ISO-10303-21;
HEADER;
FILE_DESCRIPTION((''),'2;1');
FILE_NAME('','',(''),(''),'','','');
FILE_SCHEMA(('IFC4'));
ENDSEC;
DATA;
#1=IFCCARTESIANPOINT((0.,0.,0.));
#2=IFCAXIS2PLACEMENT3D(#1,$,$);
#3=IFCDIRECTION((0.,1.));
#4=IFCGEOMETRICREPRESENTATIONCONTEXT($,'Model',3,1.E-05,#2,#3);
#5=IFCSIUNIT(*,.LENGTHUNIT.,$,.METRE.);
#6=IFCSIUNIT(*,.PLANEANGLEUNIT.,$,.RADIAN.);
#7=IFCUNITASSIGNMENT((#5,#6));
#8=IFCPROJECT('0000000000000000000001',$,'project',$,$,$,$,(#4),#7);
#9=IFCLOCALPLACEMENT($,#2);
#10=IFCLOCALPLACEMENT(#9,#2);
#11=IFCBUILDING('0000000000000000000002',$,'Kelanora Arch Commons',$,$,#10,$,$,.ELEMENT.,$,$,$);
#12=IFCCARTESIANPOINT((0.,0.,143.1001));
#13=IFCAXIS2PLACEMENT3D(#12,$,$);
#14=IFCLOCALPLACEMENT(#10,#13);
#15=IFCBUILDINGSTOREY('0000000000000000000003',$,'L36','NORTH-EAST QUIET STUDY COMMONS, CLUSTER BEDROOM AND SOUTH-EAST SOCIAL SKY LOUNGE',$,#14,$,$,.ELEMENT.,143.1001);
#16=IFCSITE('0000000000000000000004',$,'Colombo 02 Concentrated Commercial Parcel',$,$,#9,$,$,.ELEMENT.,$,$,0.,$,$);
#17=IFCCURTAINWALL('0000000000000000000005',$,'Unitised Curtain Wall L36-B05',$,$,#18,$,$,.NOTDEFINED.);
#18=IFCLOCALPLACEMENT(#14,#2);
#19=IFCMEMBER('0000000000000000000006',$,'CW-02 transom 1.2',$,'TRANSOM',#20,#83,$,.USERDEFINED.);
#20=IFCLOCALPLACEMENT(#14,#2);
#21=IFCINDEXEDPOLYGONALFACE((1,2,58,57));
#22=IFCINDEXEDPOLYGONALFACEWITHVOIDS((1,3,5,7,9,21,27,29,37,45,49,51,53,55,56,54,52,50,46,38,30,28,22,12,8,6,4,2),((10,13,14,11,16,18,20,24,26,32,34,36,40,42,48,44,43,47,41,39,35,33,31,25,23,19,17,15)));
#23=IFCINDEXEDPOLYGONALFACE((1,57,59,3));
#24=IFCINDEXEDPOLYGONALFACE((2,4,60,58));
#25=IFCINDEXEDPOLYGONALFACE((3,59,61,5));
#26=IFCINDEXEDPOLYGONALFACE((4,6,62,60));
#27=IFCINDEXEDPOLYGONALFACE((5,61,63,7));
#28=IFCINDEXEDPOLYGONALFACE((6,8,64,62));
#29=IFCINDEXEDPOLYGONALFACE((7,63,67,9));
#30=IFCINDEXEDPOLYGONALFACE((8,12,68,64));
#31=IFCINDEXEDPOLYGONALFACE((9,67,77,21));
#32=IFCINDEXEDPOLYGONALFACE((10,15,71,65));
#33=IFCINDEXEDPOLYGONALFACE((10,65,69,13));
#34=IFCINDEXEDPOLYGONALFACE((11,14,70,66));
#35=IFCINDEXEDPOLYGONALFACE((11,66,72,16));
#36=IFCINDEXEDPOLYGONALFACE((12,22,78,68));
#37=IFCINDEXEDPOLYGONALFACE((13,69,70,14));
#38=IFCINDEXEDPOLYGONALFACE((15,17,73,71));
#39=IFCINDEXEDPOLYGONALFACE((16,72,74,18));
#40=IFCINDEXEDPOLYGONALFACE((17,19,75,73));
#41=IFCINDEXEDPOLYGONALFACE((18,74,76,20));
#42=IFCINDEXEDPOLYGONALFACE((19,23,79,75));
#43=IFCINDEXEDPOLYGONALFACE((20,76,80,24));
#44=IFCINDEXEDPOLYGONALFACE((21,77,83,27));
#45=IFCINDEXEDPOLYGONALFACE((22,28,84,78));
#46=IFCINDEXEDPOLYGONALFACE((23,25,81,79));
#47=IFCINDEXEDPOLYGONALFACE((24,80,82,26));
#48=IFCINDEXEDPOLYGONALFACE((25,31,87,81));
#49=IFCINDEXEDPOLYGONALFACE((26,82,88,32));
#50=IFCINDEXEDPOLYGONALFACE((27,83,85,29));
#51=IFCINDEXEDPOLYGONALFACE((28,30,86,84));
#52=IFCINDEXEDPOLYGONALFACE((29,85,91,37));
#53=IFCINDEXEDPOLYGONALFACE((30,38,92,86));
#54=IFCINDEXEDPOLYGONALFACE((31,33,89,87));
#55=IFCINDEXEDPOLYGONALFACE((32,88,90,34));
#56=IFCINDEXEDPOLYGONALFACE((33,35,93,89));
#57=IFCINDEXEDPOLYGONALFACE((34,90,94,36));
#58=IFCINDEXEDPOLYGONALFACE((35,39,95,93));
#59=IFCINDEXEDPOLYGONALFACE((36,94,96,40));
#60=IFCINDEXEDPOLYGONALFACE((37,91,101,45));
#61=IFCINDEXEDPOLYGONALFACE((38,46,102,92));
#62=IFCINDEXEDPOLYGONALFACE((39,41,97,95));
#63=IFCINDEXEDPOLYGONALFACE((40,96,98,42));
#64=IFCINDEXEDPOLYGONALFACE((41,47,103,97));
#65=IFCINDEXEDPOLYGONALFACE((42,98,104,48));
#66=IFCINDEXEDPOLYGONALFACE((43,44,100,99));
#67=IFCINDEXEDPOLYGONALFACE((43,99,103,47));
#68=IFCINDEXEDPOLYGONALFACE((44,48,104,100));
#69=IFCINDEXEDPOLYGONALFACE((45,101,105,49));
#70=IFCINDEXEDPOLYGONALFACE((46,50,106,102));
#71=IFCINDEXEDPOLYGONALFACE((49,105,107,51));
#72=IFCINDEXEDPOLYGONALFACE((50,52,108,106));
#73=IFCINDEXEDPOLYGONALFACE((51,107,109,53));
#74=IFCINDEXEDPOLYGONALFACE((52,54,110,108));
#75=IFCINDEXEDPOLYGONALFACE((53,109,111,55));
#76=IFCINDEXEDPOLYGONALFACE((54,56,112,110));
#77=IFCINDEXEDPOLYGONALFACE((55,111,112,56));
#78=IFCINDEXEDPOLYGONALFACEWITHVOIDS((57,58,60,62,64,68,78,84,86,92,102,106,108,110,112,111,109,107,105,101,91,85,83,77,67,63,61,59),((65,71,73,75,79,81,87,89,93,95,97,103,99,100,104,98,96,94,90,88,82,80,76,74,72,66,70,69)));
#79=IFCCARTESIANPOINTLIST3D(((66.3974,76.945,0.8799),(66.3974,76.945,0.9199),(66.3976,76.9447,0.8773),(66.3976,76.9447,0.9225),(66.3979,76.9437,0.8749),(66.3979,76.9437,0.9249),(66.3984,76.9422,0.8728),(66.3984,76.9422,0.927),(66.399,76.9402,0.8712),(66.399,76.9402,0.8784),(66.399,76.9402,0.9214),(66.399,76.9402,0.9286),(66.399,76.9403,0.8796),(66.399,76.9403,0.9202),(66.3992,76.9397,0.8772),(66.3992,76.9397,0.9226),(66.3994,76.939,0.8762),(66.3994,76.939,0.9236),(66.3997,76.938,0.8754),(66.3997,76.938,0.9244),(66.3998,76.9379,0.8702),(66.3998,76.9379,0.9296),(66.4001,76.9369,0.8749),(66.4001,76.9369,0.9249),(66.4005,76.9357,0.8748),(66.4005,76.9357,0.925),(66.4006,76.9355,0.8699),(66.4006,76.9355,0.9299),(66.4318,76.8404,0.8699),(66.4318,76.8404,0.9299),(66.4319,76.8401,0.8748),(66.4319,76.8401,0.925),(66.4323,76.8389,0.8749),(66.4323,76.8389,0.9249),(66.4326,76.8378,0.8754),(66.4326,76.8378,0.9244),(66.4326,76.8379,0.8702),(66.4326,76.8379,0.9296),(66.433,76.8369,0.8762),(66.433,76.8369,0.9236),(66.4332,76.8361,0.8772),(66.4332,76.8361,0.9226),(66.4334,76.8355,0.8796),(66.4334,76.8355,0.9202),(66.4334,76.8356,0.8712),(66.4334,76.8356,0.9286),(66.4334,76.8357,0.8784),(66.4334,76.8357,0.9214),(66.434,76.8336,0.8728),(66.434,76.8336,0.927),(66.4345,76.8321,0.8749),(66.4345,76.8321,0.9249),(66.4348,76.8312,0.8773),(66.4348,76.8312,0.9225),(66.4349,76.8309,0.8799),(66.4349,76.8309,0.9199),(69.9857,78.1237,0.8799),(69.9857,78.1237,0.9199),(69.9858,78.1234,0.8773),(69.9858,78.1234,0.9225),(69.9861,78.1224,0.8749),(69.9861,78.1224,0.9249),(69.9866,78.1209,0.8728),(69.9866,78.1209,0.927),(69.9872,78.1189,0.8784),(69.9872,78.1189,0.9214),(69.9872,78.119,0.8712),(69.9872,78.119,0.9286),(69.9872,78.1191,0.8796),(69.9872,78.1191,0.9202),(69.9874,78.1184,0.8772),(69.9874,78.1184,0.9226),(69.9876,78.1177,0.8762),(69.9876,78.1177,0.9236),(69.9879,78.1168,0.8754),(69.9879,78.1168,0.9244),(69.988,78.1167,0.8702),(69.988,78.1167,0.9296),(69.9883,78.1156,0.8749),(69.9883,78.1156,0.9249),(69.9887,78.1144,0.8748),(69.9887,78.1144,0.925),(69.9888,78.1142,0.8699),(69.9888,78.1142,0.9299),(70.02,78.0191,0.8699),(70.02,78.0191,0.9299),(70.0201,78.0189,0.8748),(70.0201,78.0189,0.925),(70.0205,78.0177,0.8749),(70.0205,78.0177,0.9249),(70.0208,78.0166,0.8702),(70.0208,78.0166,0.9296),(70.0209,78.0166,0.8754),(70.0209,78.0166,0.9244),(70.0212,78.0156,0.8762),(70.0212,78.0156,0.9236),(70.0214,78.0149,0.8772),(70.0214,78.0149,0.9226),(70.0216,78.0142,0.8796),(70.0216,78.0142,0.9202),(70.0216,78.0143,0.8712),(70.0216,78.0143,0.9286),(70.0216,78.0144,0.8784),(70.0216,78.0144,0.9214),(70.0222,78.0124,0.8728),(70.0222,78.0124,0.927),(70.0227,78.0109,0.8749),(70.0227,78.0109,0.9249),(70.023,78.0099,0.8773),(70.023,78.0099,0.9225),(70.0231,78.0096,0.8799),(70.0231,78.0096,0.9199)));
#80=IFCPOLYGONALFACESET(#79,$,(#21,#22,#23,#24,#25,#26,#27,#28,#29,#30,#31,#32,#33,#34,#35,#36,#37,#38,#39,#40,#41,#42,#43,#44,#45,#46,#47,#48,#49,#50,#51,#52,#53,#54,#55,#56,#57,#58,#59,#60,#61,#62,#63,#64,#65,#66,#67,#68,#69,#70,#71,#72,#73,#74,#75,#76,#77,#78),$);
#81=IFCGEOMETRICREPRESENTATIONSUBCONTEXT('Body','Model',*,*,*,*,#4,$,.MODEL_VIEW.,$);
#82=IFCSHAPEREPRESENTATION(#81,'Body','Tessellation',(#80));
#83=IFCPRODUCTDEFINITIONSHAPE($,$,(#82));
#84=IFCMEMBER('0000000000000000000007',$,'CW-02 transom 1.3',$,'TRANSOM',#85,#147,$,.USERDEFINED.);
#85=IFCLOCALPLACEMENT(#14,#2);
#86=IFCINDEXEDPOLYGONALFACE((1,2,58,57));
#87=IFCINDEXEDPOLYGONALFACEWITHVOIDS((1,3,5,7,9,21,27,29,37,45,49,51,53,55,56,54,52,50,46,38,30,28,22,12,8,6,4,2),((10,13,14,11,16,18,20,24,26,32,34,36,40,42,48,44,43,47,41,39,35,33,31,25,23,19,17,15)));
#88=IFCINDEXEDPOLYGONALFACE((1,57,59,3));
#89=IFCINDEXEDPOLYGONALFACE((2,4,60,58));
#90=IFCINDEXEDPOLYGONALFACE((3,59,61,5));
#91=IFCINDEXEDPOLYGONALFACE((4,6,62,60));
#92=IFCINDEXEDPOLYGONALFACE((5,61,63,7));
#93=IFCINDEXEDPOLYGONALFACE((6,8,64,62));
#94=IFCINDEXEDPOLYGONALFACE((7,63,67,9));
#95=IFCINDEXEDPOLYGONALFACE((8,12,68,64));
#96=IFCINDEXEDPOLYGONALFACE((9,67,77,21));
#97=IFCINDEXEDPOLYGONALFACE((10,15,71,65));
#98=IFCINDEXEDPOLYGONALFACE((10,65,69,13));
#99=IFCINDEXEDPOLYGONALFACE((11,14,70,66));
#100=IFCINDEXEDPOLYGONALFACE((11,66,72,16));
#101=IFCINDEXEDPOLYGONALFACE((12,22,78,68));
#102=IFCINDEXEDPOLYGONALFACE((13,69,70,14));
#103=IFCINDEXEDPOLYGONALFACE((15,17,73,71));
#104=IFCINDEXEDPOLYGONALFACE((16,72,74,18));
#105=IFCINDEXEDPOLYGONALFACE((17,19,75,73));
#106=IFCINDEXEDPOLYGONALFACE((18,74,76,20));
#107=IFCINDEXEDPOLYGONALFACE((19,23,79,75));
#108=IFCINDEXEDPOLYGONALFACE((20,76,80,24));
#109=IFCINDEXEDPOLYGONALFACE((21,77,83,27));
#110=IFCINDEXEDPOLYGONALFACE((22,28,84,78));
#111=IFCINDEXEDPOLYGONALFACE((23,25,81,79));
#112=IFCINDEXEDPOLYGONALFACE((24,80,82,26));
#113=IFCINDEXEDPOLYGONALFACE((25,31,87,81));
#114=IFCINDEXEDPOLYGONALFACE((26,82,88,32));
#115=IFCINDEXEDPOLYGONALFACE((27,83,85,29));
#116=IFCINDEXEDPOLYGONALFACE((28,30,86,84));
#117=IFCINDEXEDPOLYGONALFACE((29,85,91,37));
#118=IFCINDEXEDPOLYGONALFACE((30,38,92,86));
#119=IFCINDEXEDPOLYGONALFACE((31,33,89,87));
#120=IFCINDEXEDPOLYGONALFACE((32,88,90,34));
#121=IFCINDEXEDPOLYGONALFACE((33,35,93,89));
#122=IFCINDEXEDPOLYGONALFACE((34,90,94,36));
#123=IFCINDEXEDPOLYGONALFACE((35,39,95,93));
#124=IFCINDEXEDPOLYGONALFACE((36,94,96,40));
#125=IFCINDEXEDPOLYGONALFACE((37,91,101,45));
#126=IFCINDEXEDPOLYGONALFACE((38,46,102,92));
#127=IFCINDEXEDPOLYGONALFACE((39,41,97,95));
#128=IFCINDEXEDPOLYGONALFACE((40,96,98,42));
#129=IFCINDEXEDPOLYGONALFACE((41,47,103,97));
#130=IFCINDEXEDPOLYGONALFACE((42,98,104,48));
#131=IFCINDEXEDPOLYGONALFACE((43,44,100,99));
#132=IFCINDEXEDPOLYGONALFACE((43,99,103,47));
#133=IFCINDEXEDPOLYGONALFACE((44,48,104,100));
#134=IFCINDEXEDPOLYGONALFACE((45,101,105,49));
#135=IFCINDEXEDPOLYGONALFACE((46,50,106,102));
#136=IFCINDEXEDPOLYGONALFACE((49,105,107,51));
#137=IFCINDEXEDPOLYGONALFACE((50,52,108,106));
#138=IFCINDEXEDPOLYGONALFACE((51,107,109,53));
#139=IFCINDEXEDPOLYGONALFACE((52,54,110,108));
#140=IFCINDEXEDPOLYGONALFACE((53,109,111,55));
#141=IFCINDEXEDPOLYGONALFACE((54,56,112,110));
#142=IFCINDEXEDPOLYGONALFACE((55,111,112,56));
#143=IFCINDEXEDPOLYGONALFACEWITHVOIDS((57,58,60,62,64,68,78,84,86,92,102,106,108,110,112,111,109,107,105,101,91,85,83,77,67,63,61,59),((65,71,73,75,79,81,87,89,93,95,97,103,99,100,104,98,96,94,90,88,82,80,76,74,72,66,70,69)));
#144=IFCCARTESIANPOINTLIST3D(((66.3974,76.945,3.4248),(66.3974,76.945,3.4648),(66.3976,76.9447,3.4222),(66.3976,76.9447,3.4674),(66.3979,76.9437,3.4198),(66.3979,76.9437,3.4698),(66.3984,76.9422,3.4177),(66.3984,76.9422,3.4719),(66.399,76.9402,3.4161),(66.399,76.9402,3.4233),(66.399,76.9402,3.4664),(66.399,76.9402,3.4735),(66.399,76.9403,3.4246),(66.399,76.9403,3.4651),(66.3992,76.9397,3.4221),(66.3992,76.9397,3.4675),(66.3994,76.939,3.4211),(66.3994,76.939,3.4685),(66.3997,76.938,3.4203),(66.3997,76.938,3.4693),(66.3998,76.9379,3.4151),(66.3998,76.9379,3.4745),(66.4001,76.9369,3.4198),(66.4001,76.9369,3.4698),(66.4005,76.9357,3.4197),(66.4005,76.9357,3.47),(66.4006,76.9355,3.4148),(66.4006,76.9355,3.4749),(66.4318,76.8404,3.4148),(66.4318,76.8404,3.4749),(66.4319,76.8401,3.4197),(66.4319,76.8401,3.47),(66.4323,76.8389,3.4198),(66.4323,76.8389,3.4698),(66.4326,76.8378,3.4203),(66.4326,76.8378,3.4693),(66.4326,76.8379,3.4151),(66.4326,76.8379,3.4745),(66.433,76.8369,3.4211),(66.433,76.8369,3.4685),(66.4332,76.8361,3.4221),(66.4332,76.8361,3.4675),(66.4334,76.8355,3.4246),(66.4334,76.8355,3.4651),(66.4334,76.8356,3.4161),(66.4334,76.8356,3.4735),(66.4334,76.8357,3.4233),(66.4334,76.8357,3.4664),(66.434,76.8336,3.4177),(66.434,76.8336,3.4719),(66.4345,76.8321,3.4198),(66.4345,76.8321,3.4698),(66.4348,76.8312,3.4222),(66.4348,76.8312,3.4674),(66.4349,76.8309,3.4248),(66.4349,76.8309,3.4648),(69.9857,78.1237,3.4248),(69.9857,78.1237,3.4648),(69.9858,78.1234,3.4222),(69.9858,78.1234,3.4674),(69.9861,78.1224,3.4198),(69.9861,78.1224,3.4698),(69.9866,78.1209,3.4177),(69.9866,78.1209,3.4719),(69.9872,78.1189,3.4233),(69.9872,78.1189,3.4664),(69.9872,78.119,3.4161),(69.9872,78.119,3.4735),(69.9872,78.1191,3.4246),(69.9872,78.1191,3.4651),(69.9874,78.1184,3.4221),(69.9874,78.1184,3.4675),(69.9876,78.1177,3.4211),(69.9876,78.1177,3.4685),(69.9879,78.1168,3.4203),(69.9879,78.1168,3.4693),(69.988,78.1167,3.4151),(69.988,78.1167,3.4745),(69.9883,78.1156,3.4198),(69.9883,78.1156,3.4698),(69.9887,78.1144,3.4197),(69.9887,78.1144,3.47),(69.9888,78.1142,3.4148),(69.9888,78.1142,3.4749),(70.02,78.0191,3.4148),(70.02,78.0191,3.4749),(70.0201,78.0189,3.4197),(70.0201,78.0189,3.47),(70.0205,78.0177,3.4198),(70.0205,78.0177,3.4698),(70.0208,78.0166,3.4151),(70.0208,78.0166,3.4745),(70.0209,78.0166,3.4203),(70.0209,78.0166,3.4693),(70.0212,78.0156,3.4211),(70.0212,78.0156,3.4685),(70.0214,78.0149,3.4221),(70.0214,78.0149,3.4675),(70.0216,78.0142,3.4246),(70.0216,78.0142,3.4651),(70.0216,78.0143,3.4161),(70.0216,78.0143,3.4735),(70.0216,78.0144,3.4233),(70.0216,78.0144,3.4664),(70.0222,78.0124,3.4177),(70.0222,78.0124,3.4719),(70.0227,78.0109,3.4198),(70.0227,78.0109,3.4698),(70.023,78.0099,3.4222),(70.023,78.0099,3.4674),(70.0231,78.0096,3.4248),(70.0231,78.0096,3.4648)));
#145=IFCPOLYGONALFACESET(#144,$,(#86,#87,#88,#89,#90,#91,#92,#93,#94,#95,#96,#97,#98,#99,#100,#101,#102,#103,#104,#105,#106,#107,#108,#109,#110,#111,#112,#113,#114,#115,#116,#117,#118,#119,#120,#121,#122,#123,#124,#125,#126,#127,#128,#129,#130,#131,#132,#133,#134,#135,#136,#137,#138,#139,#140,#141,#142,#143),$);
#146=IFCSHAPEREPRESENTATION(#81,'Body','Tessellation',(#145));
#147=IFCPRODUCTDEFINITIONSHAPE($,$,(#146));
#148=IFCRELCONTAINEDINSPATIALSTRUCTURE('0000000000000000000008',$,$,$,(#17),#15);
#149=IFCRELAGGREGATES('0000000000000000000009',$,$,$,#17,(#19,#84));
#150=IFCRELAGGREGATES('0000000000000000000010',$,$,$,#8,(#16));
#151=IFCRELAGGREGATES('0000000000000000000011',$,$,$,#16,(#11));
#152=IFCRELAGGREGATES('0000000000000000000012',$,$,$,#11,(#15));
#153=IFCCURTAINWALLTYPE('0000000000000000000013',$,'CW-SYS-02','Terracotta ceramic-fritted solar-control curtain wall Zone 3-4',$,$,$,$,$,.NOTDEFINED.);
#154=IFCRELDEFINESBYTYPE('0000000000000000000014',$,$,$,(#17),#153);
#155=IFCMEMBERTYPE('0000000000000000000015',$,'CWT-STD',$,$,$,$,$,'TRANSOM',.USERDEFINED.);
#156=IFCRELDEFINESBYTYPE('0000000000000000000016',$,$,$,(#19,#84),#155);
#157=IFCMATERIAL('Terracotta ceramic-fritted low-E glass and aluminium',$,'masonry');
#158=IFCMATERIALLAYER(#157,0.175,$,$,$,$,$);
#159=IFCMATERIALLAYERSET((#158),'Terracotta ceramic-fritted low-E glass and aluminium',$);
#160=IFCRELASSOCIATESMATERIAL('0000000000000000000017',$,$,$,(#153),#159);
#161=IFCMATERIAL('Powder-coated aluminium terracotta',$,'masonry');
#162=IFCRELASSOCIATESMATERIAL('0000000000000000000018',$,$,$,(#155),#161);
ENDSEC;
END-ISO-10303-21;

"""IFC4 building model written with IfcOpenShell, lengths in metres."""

from ifc_helpers import new_model, si_unit, direction, frame, origin, origin_2d, place, context, subcontext, project, spatial, hollow_rectangle, extrude, material, layer, layer_set, material_profile, profile_set, type_object, element, aggregate, save


model = new_model("IFC4")

# Units and contexts
model_context = context("Model", 3, precision=1e-05, world=origin(), true_north=direction((0.0, 1.0)))
body_context = subcontext(model_context, "Body", "Model", "MODEL_VIEW")
ifc_project = project(units=[si_unit("LENGTHUNIT", "METRE"), si_unit("PLANEANGLEUNIT", "RADIAN")], contexts=[model_context])

# Site, building, storey
site_placement = place(None, origin())
site = spatial("IfcSite", under=ifc_project, at=site_placement, Name="Colombo 02 Concentrated Commercial Parcel", CompositionType="ELEMENT", RefElevation=0.0)
building_placement = place(site_placement, origin())
building = spatial("IfcBuilding", under=site, at=building_placement, Name="Kelanora Arch Commons", CompositionType="ELEMENT")
storey_placement = place(building_placement, frame((0.0, 0.0, 143.1001)))
storey = spatial("IfcBuildingStorey", under=building, at=storey_placement, Name="L36", Description="NORTH-EAST QUIET STUDY COMMONS, CLUSTER BEDROOM AND SOUTH-EAST SOCIAL SKY LOUNGE", CompositionType="ELEMENT", Elevation=143.1001)

# Curtain wall, members
ifc_material_1 = material(Name="Terracotta ceramic-fritted low-E glass and aluminium", Category="masonry")
ifc_layer_1 = layer(ifc_material_1, 0.175)
ifc_layer_set_1 = layer_set([ifc_layer_1], Name="Terracotta ceramic-fritted low-E glass and aluminium")
curtain_wall_type = type_object("IfcCurtainWallType", Name="CW-SYS-02", Description="Terracotta ceramic-fritted solar-control curtain wall Zone 3-4", PredefinedType="NOTDEFINED", material=ifc_layer_set_1)
curtain_wall_placement = place(storey_placement, origin())
curtain_wall = element("IfcCurtainWall", 1, at=curtain_wall_placement, inside=storey, type_object=curtain_wall_type, Name="Unitised Curtain Wall L36-B05", PredefinedType="NOTDEFINED")
ifc_material_2 = material(Name="Powder-coated aluminium terracotta", Category="masonry")
ifc_material_profile_1 = material_profile(ifc_material_2, hollow_rectangle(XDim=0.1201, YDim=0.0601, WallThickness=0.0049, InnerFilletRadius=0.0049, OuterFilletRadius=0.01, at=origin_2d()), Name="CWT120x60")
ifc_profile_set_1 = profile_set([ifc_material_profile_1], Name="Powder-coated aluminium terracotta")
member_type_1 = type_object("IfcMemberType", Name="CWT-STD", ElementType="TRANSOM", PredefinedType="USERDEFINED", material=ifc_profile_set_1)
member_1_placement = place(storey_placement, frame((70.0044, 78.0667, 0.8999), z_axis=(-0.950051, -0.312094, 0.0), x_axis=(0.312094, -0.950051, 0.0)))
member_1 = element("IfcMember", 2, at=member_1_placement, type_object=member_type_1, Name="CW-02 transom 1.2", ObjectType="TRANSOM", PredefinedType="USERDEFINED", context=body_context, shape_type="SweptSolid", body=[
    extrude(hollow_rectangle(XDim=0.1201, YDim=0.0601, WallThickness=0.0049, InnerFilletRadius=0.0049, OuterFilletRadius=0.01, at=origin_2d()), origin(), (0.0, 0.0, 1.0), 3.7769),
])
member_2_placement = place(storey_placement, frame((70.0044, 78.0667, 3.4448), z_axis=(-0.950051, -0.312094, 0.0), x_axis=(0.312094, -0.950051, 0.0)))
member_2 = element("IfcMember", 3, at=member_2_placement, type_object=member_type_1, Name="CW-02 transom 1.3", ObjectType="TRANSOM", PredefinedType="USERDEFINED", context=body_context, shape_type="SweptSolid", body=[
    extrude(hollow_rectangle(XDim=0.1201, YDim=0.0601, WallThickness=0.0049, InnerFilletRadius=0.0049, OuterFilletRadius=0.01, at=origin_2d()), origin(), (0.0, 0.0, 1.0), 3.7769),
])
aggregate(curtain_wall, [member_1, member_2])

save(model, "model.ifc")
